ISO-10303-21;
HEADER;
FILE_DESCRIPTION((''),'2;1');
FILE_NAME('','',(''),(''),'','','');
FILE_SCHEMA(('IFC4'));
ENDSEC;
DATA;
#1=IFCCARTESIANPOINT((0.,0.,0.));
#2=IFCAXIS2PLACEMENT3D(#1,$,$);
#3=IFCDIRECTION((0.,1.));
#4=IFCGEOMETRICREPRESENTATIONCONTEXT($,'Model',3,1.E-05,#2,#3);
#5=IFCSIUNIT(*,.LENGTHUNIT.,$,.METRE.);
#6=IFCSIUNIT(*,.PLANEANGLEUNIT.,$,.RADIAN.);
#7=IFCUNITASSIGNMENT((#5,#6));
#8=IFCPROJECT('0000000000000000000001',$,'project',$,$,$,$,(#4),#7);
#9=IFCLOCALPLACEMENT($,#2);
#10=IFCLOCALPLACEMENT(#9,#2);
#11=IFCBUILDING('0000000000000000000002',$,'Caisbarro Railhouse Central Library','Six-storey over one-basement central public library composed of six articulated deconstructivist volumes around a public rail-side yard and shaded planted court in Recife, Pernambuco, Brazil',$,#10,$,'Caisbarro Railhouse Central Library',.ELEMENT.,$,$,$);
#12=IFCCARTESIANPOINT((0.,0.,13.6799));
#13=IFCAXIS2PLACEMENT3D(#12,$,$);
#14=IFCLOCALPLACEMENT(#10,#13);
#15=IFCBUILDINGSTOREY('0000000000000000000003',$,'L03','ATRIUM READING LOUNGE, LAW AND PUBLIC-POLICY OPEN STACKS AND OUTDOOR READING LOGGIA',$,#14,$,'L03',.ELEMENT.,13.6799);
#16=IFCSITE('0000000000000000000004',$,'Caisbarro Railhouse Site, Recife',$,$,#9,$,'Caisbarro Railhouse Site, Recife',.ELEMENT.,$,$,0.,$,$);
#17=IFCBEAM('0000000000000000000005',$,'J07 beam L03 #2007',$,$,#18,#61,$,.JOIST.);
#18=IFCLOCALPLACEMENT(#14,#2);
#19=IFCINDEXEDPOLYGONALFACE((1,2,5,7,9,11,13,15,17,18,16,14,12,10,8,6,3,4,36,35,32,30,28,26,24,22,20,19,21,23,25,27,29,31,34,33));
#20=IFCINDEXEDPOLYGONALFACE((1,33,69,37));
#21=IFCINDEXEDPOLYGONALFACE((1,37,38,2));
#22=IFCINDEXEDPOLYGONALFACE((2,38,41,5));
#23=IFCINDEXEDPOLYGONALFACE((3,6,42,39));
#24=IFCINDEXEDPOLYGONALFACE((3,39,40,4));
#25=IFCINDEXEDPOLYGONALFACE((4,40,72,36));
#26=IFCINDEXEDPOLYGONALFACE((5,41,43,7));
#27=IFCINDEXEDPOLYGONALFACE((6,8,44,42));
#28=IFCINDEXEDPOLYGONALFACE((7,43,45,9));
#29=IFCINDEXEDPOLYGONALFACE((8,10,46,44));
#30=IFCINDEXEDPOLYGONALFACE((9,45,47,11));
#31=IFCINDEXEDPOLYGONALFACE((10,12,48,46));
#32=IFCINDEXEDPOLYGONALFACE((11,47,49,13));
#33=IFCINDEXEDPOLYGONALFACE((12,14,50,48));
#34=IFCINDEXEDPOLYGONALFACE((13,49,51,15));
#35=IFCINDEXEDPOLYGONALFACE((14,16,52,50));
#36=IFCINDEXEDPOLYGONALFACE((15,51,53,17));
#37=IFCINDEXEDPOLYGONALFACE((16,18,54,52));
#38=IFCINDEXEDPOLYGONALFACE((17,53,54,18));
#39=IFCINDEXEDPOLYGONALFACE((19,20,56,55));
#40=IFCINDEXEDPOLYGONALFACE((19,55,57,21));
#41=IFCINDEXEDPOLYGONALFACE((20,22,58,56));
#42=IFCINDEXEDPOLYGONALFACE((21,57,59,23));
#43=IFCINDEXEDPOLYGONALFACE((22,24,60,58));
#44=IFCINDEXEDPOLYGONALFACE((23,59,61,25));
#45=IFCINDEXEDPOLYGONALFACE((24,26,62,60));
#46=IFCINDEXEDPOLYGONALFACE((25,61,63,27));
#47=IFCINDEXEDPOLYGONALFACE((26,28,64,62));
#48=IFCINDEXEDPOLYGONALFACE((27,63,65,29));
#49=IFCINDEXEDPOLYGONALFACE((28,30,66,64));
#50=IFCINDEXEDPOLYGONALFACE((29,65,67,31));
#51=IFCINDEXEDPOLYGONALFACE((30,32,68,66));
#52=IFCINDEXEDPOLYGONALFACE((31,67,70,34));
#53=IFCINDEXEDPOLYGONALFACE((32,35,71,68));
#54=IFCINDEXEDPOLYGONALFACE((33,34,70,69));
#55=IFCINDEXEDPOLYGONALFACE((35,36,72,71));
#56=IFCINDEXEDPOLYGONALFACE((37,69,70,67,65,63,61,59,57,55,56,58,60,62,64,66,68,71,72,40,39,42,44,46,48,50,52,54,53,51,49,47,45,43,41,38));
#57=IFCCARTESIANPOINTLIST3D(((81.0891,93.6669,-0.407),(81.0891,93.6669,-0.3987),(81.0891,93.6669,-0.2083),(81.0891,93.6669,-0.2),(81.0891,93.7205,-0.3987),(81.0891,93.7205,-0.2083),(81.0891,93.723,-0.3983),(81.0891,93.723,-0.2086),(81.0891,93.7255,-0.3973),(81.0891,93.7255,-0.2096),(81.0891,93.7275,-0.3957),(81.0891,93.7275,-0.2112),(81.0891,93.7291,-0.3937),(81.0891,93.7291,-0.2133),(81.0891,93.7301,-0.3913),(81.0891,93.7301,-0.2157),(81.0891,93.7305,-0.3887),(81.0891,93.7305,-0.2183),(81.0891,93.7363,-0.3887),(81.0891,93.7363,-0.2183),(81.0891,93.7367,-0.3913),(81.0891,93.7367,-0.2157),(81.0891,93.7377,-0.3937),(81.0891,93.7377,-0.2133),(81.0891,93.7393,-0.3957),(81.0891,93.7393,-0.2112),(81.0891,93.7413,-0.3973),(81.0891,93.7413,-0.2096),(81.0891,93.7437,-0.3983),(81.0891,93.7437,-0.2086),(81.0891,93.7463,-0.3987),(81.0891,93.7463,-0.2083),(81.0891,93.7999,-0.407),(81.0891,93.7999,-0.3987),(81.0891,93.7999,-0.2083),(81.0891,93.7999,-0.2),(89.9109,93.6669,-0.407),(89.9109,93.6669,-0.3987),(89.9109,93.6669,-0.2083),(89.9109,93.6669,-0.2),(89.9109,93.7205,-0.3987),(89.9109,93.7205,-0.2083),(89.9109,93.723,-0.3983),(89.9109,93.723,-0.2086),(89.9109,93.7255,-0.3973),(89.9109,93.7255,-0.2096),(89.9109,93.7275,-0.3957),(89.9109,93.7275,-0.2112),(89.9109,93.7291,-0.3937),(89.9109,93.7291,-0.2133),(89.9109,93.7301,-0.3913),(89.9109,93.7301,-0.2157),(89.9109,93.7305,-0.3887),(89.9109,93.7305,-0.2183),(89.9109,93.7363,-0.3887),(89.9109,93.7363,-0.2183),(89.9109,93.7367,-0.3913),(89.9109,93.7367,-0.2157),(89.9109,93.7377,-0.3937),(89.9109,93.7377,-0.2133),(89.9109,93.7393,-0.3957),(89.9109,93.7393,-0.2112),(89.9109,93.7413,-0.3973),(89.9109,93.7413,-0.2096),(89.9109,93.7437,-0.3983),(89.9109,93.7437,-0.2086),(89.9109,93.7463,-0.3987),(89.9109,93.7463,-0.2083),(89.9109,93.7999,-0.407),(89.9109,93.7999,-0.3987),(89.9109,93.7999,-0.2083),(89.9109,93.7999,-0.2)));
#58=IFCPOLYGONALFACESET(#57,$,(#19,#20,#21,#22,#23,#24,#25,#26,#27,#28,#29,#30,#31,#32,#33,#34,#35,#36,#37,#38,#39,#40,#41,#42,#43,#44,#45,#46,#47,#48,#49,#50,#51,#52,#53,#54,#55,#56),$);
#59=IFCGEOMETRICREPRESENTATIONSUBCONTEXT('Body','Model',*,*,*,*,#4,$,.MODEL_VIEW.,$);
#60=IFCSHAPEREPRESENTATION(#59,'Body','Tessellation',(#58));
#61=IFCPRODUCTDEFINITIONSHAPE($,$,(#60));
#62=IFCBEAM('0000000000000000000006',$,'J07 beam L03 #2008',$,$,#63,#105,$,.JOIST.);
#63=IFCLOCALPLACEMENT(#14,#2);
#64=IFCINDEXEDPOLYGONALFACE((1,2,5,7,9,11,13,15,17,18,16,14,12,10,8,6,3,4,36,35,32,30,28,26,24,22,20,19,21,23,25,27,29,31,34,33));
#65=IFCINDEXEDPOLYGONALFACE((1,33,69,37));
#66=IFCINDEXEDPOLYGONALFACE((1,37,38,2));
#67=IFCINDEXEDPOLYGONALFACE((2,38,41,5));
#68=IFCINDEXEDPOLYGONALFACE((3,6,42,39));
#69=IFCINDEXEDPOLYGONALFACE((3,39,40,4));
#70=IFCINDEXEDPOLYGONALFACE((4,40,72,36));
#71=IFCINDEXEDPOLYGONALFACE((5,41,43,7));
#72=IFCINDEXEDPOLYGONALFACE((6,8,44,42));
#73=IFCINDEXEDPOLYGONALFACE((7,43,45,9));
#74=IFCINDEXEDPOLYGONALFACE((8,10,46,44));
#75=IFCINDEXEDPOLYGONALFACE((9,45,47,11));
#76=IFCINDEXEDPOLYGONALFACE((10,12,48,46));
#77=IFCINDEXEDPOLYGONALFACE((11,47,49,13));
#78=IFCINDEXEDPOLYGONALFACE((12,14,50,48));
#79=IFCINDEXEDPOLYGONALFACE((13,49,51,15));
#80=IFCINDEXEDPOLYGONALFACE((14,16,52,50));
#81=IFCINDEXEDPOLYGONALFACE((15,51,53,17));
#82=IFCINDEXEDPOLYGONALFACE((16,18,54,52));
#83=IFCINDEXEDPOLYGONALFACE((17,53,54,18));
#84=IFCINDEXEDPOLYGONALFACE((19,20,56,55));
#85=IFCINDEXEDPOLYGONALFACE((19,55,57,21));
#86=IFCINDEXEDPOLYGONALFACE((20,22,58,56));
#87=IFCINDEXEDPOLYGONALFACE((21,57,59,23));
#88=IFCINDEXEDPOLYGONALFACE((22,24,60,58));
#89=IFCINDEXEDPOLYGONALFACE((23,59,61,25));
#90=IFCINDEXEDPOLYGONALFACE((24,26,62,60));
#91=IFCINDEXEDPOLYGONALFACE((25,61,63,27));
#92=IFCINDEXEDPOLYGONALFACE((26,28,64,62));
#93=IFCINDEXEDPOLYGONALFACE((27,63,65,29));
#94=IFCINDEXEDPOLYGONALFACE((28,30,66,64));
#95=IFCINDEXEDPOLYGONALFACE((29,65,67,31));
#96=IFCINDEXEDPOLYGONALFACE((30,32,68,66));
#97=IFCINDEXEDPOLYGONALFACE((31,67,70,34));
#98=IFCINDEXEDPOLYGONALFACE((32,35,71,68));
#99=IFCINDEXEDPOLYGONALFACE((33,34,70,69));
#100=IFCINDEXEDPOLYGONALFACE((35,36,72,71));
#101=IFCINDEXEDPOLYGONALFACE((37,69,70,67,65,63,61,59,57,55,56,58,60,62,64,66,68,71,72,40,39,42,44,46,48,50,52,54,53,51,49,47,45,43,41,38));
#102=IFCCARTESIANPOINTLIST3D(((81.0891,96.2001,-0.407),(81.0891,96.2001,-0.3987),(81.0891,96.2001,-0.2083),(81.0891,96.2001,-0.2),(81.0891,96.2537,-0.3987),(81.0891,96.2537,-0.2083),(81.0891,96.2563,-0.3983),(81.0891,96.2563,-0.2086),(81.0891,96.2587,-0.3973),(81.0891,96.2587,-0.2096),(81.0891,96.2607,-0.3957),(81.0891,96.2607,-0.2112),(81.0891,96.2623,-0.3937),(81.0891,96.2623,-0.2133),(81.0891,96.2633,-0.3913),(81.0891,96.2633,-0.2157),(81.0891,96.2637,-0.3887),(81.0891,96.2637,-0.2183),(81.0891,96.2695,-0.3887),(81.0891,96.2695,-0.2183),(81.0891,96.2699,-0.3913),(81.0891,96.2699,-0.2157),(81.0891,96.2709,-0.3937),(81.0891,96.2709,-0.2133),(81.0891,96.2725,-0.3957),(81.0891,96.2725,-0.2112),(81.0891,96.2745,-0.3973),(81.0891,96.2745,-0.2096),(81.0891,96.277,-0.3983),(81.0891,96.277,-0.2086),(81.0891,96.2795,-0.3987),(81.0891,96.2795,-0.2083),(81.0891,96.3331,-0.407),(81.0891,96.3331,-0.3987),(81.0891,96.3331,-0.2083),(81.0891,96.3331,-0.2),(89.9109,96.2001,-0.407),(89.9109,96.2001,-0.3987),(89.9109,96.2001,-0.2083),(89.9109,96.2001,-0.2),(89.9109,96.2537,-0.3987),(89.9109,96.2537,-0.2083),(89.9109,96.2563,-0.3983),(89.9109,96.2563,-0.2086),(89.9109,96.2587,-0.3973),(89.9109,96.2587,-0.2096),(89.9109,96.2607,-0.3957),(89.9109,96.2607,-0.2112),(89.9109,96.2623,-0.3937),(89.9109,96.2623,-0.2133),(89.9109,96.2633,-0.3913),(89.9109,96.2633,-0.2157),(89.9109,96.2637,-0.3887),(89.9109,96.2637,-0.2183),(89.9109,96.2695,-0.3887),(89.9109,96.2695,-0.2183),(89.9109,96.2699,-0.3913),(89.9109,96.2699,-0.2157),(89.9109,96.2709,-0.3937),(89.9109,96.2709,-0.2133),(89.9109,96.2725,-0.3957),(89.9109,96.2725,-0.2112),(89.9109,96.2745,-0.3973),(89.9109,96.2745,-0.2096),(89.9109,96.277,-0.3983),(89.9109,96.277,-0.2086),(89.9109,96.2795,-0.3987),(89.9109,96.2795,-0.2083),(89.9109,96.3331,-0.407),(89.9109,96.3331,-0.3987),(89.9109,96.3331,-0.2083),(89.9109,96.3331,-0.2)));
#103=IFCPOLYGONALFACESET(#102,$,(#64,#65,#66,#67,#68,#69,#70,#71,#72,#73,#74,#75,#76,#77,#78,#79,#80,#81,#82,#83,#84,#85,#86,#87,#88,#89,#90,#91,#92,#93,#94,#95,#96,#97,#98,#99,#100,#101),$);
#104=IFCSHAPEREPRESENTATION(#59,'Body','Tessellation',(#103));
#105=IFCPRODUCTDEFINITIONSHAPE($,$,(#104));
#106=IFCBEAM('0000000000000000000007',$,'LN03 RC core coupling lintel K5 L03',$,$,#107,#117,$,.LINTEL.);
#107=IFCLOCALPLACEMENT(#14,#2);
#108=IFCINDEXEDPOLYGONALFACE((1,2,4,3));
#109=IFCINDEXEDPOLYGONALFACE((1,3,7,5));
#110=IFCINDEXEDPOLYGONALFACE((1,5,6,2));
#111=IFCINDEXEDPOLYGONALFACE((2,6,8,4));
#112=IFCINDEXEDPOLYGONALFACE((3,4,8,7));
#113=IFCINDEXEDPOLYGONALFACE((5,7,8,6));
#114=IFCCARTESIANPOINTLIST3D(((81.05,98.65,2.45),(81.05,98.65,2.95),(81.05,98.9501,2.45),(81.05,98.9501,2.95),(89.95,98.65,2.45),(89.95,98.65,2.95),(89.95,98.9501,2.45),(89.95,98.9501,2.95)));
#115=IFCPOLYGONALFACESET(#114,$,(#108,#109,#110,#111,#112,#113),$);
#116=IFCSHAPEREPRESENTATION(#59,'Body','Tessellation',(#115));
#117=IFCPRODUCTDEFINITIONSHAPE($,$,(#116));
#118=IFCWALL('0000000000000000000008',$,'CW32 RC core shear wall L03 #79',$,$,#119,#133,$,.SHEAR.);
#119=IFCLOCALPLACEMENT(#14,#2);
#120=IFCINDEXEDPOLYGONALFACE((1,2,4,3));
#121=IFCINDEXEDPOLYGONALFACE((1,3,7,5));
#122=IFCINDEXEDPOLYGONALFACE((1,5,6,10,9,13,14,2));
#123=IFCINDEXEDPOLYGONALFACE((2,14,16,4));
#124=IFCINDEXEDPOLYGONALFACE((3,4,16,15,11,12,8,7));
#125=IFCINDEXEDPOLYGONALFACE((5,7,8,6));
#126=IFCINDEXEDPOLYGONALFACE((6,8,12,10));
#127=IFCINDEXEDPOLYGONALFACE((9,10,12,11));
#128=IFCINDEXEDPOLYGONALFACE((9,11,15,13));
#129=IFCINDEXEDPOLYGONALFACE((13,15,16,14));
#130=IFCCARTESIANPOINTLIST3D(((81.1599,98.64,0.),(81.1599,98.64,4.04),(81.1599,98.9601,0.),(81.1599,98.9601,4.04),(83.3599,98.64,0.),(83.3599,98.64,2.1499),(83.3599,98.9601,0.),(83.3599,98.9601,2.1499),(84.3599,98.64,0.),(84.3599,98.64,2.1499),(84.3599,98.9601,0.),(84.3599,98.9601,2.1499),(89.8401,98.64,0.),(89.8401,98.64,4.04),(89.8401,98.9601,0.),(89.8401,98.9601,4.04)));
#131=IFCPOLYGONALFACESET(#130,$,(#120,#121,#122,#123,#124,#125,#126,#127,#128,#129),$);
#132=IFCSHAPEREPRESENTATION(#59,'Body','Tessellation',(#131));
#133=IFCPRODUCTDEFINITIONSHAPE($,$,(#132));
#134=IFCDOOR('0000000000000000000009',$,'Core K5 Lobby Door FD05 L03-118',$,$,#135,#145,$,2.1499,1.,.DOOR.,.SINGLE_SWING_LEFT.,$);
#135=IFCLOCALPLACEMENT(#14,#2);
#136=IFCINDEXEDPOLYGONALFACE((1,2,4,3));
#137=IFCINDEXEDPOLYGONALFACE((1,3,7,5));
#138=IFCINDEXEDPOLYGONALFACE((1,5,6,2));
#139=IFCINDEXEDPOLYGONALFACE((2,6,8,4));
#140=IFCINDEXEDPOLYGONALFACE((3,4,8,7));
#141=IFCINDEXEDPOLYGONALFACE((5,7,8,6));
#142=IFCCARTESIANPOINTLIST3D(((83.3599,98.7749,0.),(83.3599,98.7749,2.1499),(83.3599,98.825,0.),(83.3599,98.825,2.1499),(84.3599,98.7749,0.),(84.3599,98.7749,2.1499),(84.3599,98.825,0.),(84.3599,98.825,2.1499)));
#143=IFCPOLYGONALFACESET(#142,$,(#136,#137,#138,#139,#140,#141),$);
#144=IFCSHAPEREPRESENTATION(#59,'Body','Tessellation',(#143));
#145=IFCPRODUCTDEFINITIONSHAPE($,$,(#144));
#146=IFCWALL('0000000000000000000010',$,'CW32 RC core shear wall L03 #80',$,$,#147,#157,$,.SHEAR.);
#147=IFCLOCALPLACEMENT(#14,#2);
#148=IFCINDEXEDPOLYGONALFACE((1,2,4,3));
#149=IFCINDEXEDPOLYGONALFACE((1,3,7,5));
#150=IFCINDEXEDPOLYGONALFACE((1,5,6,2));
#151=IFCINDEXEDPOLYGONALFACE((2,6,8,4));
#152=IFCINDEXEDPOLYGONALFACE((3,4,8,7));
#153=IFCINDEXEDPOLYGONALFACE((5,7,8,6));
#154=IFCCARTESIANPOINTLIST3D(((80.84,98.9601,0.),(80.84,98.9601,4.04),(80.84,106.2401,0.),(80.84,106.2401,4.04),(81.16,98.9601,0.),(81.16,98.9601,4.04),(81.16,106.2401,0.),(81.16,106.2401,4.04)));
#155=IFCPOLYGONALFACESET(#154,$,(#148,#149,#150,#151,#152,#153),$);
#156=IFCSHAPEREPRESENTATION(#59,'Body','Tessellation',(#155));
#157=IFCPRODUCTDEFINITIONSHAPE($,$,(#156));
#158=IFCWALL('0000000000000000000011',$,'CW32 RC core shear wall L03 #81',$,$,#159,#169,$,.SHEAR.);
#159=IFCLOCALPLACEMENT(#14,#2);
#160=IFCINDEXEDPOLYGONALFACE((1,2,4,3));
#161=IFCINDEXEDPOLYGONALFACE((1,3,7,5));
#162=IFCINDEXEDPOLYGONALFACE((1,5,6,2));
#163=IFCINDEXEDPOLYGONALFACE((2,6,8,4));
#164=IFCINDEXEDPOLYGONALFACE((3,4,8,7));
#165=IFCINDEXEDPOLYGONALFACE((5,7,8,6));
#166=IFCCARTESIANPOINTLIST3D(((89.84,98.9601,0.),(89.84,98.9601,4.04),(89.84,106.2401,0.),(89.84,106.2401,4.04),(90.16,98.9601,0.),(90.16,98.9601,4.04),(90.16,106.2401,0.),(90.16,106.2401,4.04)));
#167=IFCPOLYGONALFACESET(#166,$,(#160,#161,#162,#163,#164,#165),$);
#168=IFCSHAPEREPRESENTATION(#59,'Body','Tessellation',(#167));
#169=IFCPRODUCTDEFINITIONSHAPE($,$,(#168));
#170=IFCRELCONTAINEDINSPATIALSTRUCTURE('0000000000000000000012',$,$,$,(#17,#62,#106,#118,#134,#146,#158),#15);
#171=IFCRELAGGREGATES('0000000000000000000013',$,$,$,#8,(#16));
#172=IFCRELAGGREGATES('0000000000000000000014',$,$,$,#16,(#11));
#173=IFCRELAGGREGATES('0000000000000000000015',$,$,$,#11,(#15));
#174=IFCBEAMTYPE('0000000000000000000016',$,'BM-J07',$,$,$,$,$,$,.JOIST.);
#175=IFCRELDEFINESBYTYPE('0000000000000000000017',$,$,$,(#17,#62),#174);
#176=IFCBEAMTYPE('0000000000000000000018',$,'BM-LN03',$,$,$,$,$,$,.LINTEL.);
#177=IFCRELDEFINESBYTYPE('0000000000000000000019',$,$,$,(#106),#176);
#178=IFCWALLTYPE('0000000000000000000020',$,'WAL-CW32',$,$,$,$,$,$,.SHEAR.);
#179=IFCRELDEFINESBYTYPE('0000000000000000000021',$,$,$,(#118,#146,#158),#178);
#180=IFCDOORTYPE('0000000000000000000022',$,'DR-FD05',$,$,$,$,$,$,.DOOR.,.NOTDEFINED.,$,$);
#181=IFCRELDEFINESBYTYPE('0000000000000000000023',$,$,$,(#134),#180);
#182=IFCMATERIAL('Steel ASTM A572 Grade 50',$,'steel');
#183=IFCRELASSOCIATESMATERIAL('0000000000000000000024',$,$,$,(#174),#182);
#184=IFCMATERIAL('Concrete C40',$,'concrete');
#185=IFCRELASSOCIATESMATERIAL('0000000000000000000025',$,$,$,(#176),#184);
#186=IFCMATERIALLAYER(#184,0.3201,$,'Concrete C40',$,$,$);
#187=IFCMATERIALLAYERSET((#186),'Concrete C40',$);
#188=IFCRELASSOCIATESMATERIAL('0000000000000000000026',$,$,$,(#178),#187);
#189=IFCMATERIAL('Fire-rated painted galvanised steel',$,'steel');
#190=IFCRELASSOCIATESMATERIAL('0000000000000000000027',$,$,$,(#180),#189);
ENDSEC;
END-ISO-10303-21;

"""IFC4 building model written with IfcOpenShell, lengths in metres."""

from ifc_helpers import new_model, si_unit, direction, frame, frame_2d, origin, origin_2d, place, context, subcontext, project, spatial, rectangle, i_section, extrude, material, layer, layer_set, material_profile, profile_set, type_object, element, fill, save


model = new_model("IFC4")

# Units and contexts
model_context = context("Model", 3, precision=1e-05, world=origin(), true_north=direction((0.0, 1.0)))
body_context = subcontext(model_context, "Body", "Model", "MODEL_VIEW")
ifc_project = project(units=[si_unit("LENGTHUNIT", "METRE"), si_unit("PLANEANGLEUNIT", "RADIAN")], contexts=[model_context])

# Site, building, storey
site_placement = place(None, origin())
site = spatial("IfcSite", under=ifc_project, at=site_placement, Name="Caisbarro Railhouse Site, Recife", LongName="Caisbarro Railhouse Site, Recife", CompositionType="ELEMENT", RefElevation=0.0)
building_placement = place(site_placement, origin())
building = spatial("IfcBuilding", under=site, at=building_placement, Name="Caisbarro Railhouse Central Library", Description="Six-storey over one-basement central public library composed of six articulated deconstructivist volumes around a public rail-side yard and shaded planted court in Recife, Pernambuco, Brazil", LongName="Caisbarro Railhouse Central Library", CompositionType="ELEMENT")
storey_placement = place(building_placement, frame((0.0, 0.0, 13.6799)))
storey = spatial("IfcBuildingStorey", under=building, at=storey_placement, Name="L03", Description="ATRIUM READING LOUNGE, LAW AND PUBLIC-POLICY OPEN STACKS AND OUTDOOR READING LOGGIA", LongName="L03", CompositionType="ELEMENT", Elevation=13.6799)

# Shared definitions
ifc_material_1 = material(Name="Steel ASTM A572 Grade 50", Category="steel")

# Beams
ifc_material_profile_1 = material_profile(ifc_material_1, i_section(OverallWidth=0.1331, OverallDepth=0.207, WebThickness=0.0059, FlangeThickness=0.0083, FilletRadius=0.01, at=origin_2d()), Name="W200X26.6")
ifc_profile_set_1 = profile_set([ifc_material_profile_1], Name="Steel ASTM A572 Grade 50")
beam_type_1 = type_object("IfcBeamType", Name="BM-J07", PredefinedType="JOIST", material=ifc_profile_set_1)
for number, where, z_axis, x_axis, name in (
    (1, (81.0891, 93.7334, -0.3035), (1.0, 0.0, 0.0), (0.0, 1.0, 0.0), "J07 beam L03 #2007"),
    (2, (81.0891, 96.2666, -0.3035), (1.0, 0.0, 0.0), (0.0, 1.0, 0.0), "J07 beam L03 #2008"),
):
    element("IfcBeam", number, at=place(storey_placement, frame(where, z_axis=z_axis, x_axis=x_axis)), inside=storey, type_object=beam_type_1, Name=name, PredefinedType="JOIST", context=body_context, shape_type="SweptSolid", body=[
        extrude(i_section(OverallWidth=0.1331, OverallDepth=0.207, WebThickness=0.0059, FlangeThickness=0.0083, FilletRadius=0.01, at=origin_2d()), origin(), (0.0, 0.0, 1.0), 8.8218),
    ])
ifc_material_2 = material(Name="Concrete C40", Category="concrete")
ifc_material_profile_2 = material_profile(ifc_material_2, rectangle(XDim=0.3, YDim=0.5, at=origin_2d()), Name="RC-LIN-300X500")
ifc_profile_set_2 = profile_set([ifc_material_profile_2], Name="Concrete C40")
beam_type_2 = type_object("IfcBeamType", Name="BM-LN03", PredefinedType="LINTEL", material=ifc_profile_set_2)
beam_1_placement = place(storey_placement, frame((81.05, 98.8, 2.7), z_axis=(1.0, 0.0, 0.0), x_axis=(0.0, 1.0, 0.0)))
element("IfcBeam", 3, at=beam_1_placement, inside=storey, type_object=beam_type_2, Name="LN03 RC core coupling lintel K5 L03", PredefinedType="LINTEL", context=body_context, shape_type="SweptSolid", body=[
    extrude(rectangle(XDim=0.3, YDim=0.5, at=origin_2d()), origin(), (0.0, 0.0, 1.0), 8.8999),
])

# Wall, opening, door
ifc_layer_1 = layer(ifc_material_2, 0.3201, Name="Concrete C40")
ifc_layer_set_1 = layer_set([ifc_layer_1], Name="Concrete C40")
wall_type_1 = type_object("IfcWallType", Name="WAL-CW32", PredefinedType="SHEAR", material=ifc_layer_set_1)
wall_1_placement = place(storey_placement, frame((81.1599, 98.8, 0.0), z_axis=(0.0, 0.0, 1.0), x_axis=(1.0, 0.0, 0.0)))
wall_1 = element("IfcWall", 4, at=wall_1_placement, inside=storey, type_object=wall_type_1, Name="CW32 RC core shear wall L03 #79", PredefinedType="SHEAR", context=body_context, shape_type="SweptSolid", body=[
    extrude(rectangle(XDim=8.6802, YDim=0.3201, at=frame_2d((4.3401, 0.0))), origin(), (0.0, 0.0, 1.0), 4.04),
])
opening_1_placement = place(wall_1_placement, frame((2.2, 0.0, 0.0)))
opening_1 = element("IfcOpeningElement", 5, at=opening_1_placement, cuts=wall_1, PredefinedType="OPENING", context=body_context, shape_type="SweptSolid", body=[
    extrude(rectangle(XDim=1.0, YDim=2.1499, at=frame_2d((0.5, 1.075))), frame((0.0, 0.1699, 0.0), z_axis=(0.0, -1.0, 0.0), x_axis=(1.0, 0.0, 0.0)), (0.0, 0.0, 1.0), 0.3401),
])
ifc_material_3 = material(Name="Fire-rated painted galvanised steel", Category="steel")
door_type_1 = type_object("IfcDoorType", Name="DR-FD05", OperationType="NOTDEFINED", PredefinedType="DOOR", material=ifc_material_3)
door_1_placement = place(opening_1_placement, origin())
door_1 = element("IfcDoor", 6, at=door_1_placement, inside=storey, type_object=door_type_1, Name="Core K5 Lobby Door FD05 L03-118", OperationType="SINGLE_SWING_LEFT", OverallHeight=2.1499, OverallWidth=1.0, PredefinedType="DOOR", context=body_context, shape_type="SweptSolid", body=[
    extrude(rectangle(XDim=1.0, YDim=2.1499, at=frame_2d((0.5, 1.075))), frame((0.0, 0.0249, 0.0), z_axis=(0.0, -1.0, 0.0), x_axis=(1.0, 0.0, 0.0)), (0.0, 0.0, 1.0), 0.05),
])
fill(opening_1, door_1)

# Walls
for number, where, z_axis, x_axis, name in (
    (7, (81.0, 98.96, 0.0), (0.0, 0.0, 1.0), (0.0, 1.0, 0.0), "CW32 RC core shear wall L03 #80"),
    (8, (90.0, 98.96, 0.0), (0.0, 0.0, 1.0), (0.0, 1.0, 0.0), "CW32 RC core shear wall L03 #81"),
):
    element("IfcWall", number, at=place(storey_placement, frame(where, z_axis=z_axis, x_axis=x_axis)), inside=storey, type_object=wall_type_1, Name=name, PredefinedType="SHEAR", context=body_context, shape_type="SweptSolid", body=[
        extrude(rectangle(XDim=7.28, YDim=0.3201, at=frame_2d((3.6401, 0.0))), origin(), (0.0, 0.0, 1.0), 4.04),
    ])

save(model, "model.ifc")
